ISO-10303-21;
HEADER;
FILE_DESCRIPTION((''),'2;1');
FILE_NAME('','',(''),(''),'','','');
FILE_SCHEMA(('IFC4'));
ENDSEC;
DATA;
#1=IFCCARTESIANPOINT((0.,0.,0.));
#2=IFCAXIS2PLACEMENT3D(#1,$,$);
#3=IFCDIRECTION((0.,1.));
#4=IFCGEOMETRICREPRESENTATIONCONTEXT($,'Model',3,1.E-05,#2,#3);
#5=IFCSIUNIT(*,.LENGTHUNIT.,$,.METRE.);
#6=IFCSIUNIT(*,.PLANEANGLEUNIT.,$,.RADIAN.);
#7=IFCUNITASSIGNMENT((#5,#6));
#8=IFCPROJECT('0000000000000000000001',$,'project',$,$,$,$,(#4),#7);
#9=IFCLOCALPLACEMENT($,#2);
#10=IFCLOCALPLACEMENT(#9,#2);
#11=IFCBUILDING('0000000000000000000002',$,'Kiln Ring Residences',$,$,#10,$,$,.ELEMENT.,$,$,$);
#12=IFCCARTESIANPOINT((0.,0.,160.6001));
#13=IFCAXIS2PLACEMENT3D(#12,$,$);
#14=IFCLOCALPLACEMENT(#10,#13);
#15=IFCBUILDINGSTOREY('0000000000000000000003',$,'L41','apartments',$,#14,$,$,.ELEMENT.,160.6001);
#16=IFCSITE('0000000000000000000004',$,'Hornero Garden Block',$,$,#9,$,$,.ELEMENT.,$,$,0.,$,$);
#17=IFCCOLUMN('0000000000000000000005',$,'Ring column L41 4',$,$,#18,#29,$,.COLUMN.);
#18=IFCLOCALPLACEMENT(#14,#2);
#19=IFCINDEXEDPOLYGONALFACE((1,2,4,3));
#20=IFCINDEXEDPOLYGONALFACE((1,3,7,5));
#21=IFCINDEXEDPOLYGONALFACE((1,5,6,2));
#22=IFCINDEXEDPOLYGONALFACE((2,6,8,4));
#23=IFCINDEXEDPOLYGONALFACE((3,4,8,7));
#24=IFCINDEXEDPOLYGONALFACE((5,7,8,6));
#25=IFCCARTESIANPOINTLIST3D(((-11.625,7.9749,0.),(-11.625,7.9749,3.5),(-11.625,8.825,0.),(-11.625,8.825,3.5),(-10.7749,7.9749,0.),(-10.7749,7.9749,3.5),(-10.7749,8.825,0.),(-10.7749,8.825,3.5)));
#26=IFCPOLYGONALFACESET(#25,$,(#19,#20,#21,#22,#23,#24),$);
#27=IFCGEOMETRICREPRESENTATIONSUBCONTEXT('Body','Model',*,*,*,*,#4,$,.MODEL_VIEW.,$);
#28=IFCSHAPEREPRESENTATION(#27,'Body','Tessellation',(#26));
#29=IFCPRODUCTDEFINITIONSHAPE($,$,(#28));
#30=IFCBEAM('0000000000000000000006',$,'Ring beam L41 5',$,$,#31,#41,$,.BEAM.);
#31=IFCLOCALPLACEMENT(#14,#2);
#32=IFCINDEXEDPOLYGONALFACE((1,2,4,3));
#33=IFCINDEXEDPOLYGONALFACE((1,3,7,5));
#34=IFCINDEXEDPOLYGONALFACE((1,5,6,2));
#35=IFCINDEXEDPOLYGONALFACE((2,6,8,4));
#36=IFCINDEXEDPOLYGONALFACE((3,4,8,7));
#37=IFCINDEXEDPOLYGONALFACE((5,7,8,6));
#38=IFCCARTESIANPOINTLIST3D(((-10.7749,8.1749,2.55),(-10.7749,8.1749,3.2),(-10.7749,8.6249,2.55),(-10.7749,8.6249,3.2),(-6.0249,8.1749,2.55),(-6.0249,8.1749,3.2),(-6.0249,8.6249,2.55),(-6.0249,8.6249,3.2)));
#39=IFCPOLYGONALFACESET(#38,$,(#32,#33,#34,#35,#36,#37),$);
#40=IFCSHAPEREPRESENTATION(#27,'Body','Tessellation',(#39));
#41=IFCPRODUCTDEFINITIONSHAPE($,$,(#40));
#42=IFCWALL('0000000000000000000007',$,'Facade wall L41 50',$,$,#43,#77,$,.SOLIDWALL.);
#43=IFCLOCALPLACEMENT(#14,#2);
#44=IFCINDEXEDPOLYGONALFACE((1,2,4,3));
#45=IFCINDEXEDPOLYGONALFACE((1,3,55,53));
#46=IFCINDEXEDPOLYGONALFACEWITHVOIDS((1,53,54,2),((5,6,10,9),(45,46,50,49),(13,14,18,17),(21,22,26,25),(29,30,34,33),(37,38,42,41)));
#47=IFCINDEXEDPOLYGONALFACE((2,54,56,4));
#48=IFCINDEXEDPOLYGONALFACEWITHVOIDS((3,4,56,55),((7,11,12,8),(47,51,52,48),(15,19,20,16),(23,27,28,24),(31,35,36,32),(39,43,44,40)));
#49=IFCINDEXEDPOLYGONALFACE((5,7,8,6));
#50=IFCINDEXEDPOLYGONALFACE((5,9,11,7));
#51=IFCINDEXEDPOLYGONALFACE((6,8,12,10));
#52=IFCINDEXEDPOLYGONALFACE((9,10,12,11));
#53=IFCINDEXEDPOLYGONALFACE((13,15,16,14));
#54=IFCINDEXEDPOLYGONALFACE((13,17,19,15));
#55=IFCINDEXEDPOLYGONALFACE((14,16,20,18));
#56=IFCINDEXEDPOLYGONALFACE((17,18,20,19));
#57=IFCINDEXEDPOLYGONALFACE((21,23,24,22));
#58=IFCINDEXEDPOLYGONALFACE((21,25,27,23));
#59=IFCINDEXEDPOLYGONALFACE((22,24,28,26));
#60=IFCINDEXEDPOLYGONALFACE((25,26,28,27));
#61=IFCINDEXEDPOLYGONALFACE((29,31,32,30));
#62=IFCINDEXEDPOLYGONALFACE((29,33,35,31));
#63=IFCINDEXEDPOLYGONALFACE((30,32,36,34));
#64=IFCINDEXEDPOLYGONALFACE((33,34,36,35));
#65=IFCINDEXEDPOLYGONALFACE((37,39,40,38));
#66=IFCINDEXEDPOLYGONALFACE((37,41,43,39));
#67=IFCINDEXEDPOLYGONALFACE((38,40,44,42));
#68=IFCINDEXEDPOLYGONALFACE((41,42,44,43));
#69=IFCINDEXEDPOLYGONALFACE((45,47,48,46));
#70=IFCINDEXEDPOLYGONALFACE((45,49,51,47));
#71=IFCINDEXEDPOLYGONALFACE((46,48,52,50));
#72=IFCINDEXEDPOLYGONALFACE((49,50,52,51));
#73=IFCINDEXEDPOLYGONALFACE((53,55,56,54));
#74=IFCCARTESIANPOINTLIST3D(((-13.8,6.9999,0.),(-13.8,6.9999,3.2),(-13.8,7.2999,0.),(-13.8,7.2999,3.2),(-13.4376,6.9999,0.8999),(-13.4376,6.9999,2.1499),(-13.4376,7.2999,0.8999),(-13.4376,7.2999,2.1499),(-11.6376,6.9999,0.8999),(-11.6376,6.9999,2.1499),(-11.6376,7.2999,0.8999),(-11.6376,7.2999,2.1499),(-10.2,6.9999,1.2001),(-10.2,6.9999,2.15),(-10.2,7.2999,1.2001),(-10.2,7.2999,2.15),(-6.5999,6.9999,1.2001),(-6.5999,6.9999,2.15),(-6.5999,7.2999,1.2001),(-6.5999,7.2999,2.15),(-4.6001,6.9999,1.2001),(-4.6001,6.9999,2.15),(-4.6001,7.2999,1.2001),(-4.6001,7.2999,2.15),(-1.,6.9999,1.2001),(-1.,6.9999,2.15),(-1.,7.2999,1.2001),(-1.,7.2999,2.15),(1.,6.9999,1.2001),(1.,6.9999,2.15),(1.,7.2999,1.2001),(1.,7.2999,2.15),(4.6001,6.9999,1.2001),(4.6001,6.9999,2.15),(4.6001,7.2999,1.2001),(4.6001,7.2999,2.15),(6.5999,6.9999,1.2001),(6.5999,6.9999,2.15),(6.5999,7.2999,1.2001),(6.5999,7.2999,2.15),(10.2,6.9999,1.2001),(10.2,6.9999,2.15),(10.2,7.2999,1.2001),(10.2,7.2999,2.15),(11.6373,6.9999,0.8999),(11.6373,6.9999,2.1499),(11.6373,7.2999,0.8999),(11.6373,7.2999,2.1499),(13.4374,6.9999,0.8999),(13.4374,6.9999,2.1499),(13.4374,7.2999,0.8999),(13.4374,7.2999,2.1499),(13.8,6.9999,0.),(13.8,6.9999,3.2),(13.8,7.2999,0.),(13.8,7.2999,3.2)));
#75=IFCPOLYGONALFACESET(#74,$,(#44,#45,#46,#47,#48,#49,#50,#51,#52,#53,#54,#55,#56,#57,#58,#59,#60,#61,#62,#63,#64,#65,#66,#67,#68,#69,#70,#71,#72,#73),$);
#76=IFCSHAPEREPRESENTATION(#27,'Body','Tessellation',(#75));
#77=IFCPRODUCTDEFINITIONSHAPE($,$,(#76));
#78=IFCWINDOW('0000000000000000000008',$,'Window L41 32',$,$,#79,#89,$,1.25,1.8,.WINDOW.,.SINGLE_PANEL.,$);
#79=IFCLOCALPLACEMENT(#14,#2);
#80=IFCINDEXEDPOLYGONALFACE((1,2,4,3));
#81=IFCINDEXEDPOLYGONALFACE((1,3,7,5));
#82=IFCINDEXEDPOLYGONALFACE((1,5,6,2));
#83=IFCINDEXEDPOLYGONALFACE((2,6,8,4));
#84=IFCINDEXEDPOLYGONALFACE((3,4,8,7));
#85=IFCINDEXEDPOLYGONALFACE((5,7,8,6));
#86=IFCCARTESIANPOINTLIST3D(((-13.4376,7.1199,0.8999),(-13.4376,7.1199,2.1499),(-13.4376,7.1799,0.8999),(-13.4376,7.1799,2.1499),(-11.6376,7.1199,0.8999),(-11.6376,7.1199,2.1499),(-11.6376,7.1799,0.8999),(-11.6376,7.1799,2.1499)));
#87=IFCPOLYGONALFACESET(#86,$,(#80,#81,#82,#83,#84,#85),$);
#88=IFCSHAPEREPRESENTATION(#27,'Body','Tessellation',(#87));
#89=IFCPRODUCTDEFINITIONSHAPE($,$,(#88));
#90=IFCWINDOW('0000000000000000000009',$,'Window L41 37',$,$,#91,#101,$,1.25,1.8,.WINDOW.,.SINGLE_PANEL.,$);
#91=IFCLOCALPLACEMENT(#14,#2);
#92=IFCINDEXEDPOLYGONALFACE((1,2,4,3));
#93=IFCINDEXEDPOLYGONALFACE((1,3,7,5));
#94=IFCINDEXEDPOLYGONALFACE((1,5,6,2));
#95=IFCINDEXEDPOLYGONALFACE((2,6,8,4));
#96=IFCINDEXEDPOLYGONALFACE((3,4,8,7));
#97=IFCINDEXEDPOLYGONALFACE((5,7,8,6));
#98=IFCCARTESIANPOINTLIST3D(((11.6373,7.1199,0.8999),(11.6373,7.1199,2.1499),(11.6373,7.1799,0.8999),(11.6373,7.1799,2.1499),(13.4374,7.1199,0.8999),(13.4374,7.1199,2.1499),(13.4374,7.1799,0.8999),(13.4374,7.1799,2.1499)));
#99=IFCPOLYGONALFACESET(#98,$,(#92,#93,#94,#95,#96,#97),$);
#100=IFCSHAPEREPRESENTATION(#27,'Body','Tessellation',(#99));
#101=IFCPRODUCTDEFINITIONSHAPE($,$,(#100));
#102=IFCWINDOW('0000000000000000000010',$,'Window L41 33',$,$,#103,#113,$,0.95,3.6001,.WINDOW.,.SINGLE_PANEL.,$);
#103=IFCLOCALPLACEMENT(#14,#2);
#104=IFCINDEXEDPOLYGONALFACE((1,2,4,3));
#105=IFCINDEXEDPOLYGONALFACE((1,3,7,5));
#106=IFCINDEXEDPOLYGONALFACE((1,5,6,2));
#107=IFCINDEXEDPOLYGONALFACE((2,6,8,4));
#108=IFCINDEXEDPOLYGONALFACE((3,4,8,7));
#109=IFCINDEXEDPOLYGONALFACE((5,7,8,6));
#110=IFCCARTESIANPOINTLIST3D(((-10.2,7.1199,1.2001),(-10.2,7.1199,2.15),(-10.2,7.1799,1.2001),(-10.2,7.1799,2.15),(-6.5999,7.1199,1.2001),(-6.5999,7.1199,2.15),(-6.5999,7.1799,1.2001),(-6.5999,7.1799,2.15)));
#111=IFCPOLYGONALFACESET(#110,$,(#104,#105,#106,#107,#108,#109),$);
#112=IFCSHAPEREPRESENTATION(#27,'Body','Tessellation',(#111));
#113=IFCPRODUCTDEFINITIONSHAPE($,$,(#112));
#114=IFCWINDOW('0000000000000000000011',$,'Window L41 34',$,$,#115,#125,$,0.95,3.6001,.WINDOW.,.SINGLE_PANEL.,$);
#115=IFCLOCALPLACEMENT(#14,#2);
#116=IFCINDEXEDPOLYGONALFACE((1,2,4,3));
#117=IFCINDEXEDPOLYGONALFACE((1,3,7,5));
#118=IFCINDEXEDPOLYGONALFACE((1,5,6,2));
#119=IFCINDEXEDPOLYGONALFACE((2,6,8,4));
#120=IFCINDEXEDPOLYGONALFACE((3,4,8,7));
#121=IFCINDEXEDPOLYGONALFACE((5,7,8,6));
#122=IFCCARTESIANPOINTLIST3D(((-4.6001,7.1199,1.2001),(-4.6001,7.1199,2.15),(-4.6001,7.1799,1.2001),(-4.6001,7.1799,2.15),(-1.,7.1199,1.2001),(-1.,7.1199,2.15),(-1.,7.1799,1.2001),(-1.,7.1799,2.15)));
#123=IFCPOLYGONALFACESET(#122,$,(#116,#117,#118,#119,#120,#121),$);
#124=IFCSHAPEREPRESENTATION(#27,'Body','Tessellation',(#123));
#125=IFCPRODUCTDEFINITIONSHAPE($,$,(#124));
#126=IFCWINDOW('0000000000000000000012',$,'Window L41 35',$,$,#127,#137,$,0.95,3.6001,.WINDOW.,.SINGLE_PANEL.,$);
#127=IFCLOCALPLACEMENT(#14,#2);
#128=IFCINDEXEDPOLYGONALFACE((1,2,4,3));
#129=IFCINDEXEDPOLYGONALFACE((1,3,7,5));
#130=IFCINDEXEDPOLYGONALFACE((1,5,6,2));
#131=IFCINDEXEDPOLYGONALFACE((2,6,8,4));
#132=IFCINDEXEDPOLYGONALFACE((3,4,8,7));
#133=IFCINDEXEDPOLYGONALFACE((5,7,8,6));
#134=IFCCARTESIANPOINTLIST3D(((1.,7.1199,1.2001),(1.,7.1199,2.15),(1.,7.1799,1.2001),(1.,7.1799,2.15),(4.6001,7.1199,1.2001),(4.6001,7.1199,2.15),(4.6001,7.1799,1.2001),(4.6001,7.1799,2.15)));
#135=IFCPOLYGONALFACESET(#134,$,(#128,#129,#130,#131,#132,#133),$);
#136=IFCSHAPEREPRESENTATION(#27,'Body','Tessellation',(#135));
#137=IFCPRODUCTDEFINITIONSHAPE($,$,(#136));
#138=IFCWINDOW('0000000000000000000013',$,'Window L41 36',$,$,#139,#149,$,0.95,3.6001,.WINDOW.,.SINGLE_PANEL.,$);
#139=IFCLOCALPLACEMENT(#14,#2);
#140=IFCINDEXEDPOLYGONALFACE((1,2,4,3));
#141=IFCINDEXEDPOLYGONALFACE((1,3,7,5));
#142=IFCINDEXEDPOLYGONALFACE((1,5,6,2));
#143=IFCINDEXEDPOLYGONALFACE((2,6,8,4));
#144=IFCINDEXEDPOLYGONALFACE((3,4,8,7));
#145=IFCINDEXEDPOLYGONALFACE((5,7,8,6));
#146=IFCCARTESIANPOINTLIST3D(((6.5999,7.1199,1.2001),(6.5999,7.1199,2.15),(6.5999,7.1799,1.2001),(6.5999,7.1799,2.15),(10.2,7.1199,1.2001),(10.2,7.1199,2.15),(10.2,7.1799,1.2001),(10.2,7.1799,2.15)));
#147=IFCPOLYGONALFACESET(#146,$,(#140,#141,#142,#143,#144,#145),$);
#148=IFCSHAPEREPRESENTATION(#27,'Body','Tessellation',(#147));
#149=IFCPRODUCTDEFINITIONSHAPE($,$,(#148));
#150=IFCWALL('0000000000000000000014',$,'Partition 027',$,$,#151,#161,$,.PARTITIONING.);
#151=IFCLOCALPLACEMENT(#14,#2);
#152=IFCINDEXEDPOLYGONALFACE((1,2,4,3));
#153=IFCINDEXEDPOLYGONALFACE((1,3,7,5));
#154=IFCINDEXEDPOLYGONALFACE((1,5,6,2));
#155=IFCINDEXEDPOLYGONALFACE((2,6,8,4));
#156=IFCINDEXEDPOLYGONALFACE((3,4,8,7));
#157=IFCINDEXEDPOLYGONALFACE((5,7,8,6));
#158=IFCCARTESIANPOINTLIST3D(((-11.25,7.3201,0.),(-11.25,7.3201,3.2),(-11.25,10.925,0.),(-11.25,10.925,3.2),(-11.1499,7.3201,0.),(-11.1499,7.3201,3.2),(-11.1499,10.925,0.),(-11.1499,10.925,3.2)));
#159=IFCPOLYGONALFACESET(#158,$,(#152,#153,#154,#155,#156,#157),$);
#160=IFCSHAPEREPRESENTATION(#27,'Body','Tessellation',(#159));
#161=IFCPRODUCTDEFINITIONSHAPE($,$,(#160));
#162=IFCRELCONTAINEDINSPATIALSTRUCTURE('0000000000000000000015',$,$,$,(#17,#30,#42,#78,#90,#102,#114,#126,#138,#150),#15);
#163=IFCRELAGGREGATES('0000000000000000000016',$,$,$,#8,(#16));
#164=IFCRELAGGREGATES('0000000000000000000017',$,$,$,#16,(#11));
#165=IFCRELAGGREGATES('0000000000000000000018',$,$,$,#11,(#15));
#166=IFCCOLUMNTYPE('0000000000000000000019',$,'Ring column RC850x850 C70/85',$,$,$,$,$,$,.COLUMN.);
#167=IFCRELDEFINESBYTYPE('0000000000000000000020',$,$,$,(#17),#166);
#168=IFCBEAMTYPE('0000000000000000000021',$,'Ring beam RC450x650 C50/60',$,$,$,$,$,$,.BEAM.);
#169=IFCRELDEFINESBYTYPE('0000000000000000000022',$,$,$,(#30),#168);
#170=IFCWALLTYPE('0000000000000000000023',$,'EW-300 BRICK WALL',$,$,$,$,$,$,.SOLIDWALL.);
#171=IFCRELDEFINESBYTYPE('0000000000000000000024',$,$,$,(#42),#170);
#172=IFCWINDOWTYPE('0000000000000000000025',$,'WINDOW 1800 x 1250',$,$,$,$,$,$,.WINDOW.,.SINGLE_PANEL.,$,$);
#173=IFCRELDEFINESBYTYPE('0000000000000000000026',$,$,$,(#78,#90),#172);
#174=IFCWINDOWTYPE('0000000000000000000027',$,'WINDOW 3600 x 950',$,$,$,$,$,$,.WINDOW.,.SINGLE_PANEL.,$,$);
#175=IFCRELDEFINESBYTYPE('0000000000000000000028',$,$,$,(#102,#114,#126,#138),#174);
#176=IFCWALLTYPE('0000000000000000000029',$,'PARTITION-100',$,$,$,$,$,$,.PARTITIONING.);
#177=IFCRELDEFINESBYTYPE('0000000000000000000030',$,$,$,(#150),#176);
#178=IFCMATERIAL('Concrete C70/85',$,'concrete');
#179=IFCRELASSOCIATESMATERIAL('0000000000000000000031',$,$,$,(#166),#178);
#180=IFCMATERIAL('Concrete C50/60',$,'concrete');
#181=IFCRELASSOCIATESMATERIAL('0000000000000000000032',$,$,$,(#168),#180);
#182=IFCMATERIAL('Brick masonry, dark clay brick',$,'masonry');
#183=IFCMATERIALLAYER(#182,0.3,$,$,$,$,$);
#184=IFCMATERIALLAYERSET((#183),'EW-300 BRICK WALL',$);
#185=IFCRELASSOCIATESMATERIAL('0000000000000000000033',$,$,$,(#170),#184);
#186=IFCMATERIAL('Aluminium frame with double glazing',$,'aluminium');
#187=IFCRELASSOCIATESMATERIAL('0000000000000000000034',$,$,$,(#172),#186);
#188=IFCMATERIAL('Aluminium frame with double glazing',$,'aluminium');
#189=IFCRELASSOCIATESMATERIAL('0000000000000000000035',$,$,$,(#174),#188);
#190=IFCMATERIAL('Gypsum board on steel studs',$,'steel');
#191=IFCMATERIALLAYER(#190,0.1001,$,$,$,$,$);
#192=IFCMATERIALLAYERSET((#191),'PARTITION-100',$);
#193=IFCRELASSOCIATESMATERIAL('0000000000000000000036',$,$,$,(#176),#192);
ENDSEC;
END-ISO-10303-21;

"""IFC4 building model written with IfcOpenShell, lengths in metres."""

from ifc_helpers import new_model, si_unit, direction, frame, frame_2d, origin, origin_2d, place, context, subcontext, project, spatial, rectangle, extrude, material, layer, layer_set, material_profile, profile_set, type_object, element, fill, save


model = new_model("IFC4")

# Units and contexts
model_context = context("Model", 3, precision=1e-05, world=origin(), true_north=direction((0.0, 1.0)))
body_context = subcontext(model_context, "Body", "Model", "MODEL_VIEW")
ifc_project = project(units=[si_unit("LENGTHUNIT", "METRE"), si_unit("PLANEANGLEUNIT", "RADIAN")], contexts=[model_context])

# Site, building, storey
site_placement = place(None, origin())
site = spatial("IfcSite", under=ifc_project, at=site_placement, Name="Hornero Garden Block", CompositionType="ELEMENT", RefElevation=0.0)
building_placement = place(site_placement, origin())
building = spatial("IfcBuilding", under=site, at=building_placement, Name="Kiln Ring Residences", CompositionType="ELEMENT")
storey_placement = place(building_placement, frame((0.0, 0.0, 160.6001)))
storey = spatial("IfcBuildingStorey", under=building, at=storey_placement, Name="L41", Description="apartments", CompositionType="ELEMENT", Elevation=160.6001)

# Column
ifc_material_1 = material(Name="Concrete C70/85", Category="concrete")
ifc_material_profile_1 = material_profile(ifc_material_1, rectangle(XDim=0.8501, YDim=0.8501, at=origin_2d()), Name="RC850x850")
ifc_profile_set_1 = profile_set([ifc_material_profile_1], Name="Concrete C70/85")
column_type = type_object("IfcColumnType", Name="Ring column RC850x850 C70/85", PredefinedType="COLUMN", material=ifc_profile_set_1)
column_placement = place(storey_placement, frame((-11.2, 8.3999, 0.0), z_axis=(0.0, 0.0, 1.0), x_axis=(1.0, 0.0, 0.0)))
element("IfcColumn", 1, at=column_placement, inside=storey, type_object=column_type, Name="Ring column L41 4", PredefinedType="COLUMN", context=body_context, shape_type="SweptSolid", body=[
    extrude(rectangle(XDim=0.8501, YDim=0.8501, at=origin_2d()), origin(), (0.0, 0.0, 1.0), 3.5),
])

# Beam
ifc_material_2 = material(Name="Concrete C50/60", Category="concrete")
ifc_material_profile_2 = material_profile(ifc_material_2, rectangle(XDim=0.45, YDim=0.6499, at=origin_2d()), Name="RC450x650")
ifc_profile_set_2 = profile_set([ifc_material_profile_2], Name="Concrete C50/60")
beam_type = type_object("IfcBeamType", Name="Ring beam RC450x650 C50/60", PredefinedType="BEAM", material=ifc_profile_set_2)
beam_placement = place(storey_placement, frame((-10.7749, 8.3999, 2.875), z_axis=(1.0, 0.0, 0.0), x_axis=(0.0, 1.0, 0.0)))
element("IfcBeam", 2, at=beam_placement, inside=storey, type_object=beam_type, Name="Ring beam L41 5", PredefinedType="BEAM", context=body_context, shape_type="SweptSolid", body=[
    extrude(rectangle(XDim=0.45, YDim=0.6499, at=origin_2d()), origin(), (0.0, 0.0, 1.0), 4.75),
])

# Wall, openings, windows
ifc_material_3 = material(Name="Brick masonry, dark clay brick", Category="masonry")
ifc_layer_1 = layer(ifc_material_3, 0.3)
ifc_layer_set_1 = layer_set([ifc_layer_1], Name="EW-300 BRICK WALL")
wall_type_1 = type_object("IfcWallType", Name="EW-300 BRICK WALL", PredefinedType="SOLIDWALL", material=ifc_layer_set_1)
wall_1_placement = place(storey_placement, frame((-13.8, 7.1499, 0.0), z_axis=(0.0, 0.0, 1.0), x_axis=(1.0, 0.0, 0.0)))
wall_1 = element("IfcWall", 3, at=wall_1_placement, inside=storey, type_object=wall_type_1, Name="Facade wall L41 50", PredefinedType="SOLIDWALL", context=body_context, shape_type="SweptSolid", body=[
    extrude(rectangle(XDim=27.6001, YDim=0.3, at=frame_2d((13.8, 0.0))), origin(), (0.0, 0.0, 1.0), 3.2),
])
opening_1_placement = place(wall_1_placement, frame((0.3625, 0.0, 0.8999)))
opening_1 = element("IfcOpeningElement", 4, at=opening_1_placement, cuts=wall_1, PredefinedType="OPENING", context=body_context, shape_type="SweptSolid", body=[
    extrude(rectangle(XDim=1.8, YDim=1.25, at=frame_2d((0.8999, 0.625))), frame((0.0, 0.1599, 0.0), z_axis=(0.0, -1.0, 0.0), x_axis=(1.0, 0.0, 0.0)), (0.0, 0.0, 1.0), 0.3201),
])
opening_2_placement = place(wall_1_placement, frame((3.6001, 0.0, 1.2)))
opening_2 = element("IfcOpeningElement", 5, at=opening_2_placement, cuts=wall_1, PredefinedType="OPENING", context=body_context, shape_type="SweptSolid", body=[
    extrude(rectangle(XDim=3.6001, YDim=0.95, at=frame_2d((1.8, 0.4751))), frame((0.0, 0.1599, 0.0), z_axis=(0.0, -1.0, 0.0), x_axis=(1.0, 0.0, 0.0)), (0.0, 0.0, 1.0), 0.3201),
])
opening_3_placement = place(wall_1_placement, frame((9.2, 0.0, 1.2)))
opening_3 = element("IfcOpeningElement", 6, at=opening_3_placement, cuts=wall_1, PredefinedType="OPENING", context=body_context, shape_type="SweptSolid", body=[
    extrude(rectangle(XDim=3.6001, YDim=0.95, at=frame_2d((1.8, 0.4751))), frame((0.0, 0.1599, 0.0), z_axis=(0.0, -1.0, 0.0), x_axis=(1.0, 0.0, 0.0)), (0.0, 0.0, 1.0), 0.3201),
])
opening_4_placement = place(wall_1_placement, frame((14.8, 0.0, 1.2)))
opening_4 = element("IfcOpeningElement", 7, at=opening_4_placement, cuts=wall_1, PredefinedType="OPENING", context=body_context, shape_type="SweptSolid", body=[
    extrude(rectangle(XDim=3.6001, YDim=0.95, at=frame_2d((1.8, 0.4751))), frame((0.0, 0.1599, 0.0), z_axis=(0.0, -1.0, 0.0), x_axis=(1.0, 0.0, 0.0)), (0.0, 0.0, 1.0), 0.3201),
])
opening_5_placement = place(wall_1_placement, frame((20.3999, 0.0, 1.2)))
opening_5 = element("IfcOpeningElement", 8, at=opening_5_placement, cuts=wall_1, PredefinedType="OPENING", context=body_context, shape_type="SweptSolid", body=[
    extrude(rectangle(XDim=3.6001, YDim=0.95, at=frame_2d((1.8, 0.4751))), frame((0.0, 0.1599, 0.0), z_axis=(0.0, -1.0, 0.0), x_axis=(1.0, 0.0, 0.0)), (0.0, 0.0, 1.0), 0.3201),
])
opening_6_placement = place(wall_1_placement, frame((25.4375, 0.0, 0.8999)))
opening_6 = element("IfcOpeningElement", 9, at=opening_6_placement, cuts=wall_1, PredefinedType="OPENING", context=body_context, shape_type="SweptSolid", body=[
    extrude(rectangle(XDim=1.8, YDim=1.25, at=frame_2d((0.8999, 0.625))), frame((0.0, 0.1599, 0.0), z_axis=(0.0, -1.0, 0.0), x_axis=(1.0, 0.0, 0.0)), (0.0, 0.0, 1.0), 0.3201),
])
ifc_material_4 = material(Name="Aluminium frame with double glazing", Category="aluminium")
window_type_1 = type_object("IfcWindowType", Name="WINDOW 1800 x 1250", PartitioningType="SINGLE_PANEL", PredefinedType="WINDOW", material=ifc_material_4)
window_1_placement = place(opening_1_placement, origin())
window_1 = element("IfcWindow", 10, at=window_1_placement, inside=storey, type_object=window_type_1, Name="Window L41 32", OverallHeight=1.25, OverallWidth=1.8, PartitioningType="SINGLE_PANEL", PredefinedType="WINDOW", context=body_context, shape_type="SweptSolid", body=[
    extrude(rectangle(XDim=1.8, YDim=1.25, at=frame_2d((0.8999, 0.625))), frame((0.0, 0.03, 0.0), z_axis=(0.0, -1.0, 0.0), x_axis=(1.0, 0.0, 0.0)), (0.0, 0.0, 1.0), 0.0601),
])
fill(opening_1, window_1)
window_2_placement = place(opening_6_placement, origin())
window_2 = element("IfcWindow", 11, at=window_2_placement, inside=storey, type_object=window_type_1, Name="Window L41 37", OverallHeight=1.25, OverallWidth=1.8, PartitioningType="SINGLE_PANEL", PredefinedType="WINDOW", context=body_context, shape_type="SweptSolid", body=[
    extrude(rectangle(XDim=1.8, YDim=1.25, at=frame_2d((0.8999, 0.625))), frame((0.0, 0.03, 0.0), z_axis=(0.0, -1.0, 0.0), x_axis=(1.0, 0.0, 0.0)), (0.0, 0.0, 1.0), 0.0601),
])
fill(opening_6, window_2)
ifc_material_5 = material(Name="Aluminium frame with double glazing", Category="aluminium")
window_type_2 = type_object("IfcWindowType", Name="WINDOW 3600 x 950", PartitioningType="SINGLE_PANEL", PredefinedType="WINDOW", material=ifc_material_5)
window_3_placement = place(opening_2_placement, origin())
window_3 = element("IfcWindow", 12, at=window_3_placement, inside=storey, type_object=window_type_2, Name="Window L41 33", OverallHeight=0.95, OverallWidth=3.6001, PartitioningType="SINGLE_PANEL", PredefinedType="WINDOW", context=body_context, shape_type="SweptSolid", body=[
    extrude(rectangle(XDim=3.6001, YDim=0.95, at=frame_2d((1.8, 0.4751))), frame((0.0, 0.03, 0.0), z_axis=(0.0, -1.0, 0.0), x_axis=(1.0, 0.0, 0.0)), (0.0, 0.0, 1.0), 0.0601),
])
fill(opening_2, window_3)
window_4_placement = place(opening_3_placement, origin())
window_4 = element("IfcWindow", 13, at=window_4_placement, inside=storey, type_object=window_type_2, Name="Window L41 34", OverallHeight=0.95, OverallWidth=3.6001, PartitioningType="SINGLE_PANEL", PredefinedType="WINDOW", context=body_context, shape_type="SweptSolid", body=[
    extrude(rectangle(XDim=3.6001, YDim=0.95, at=frame_2d((1.8, 0.4751))), frame((0.0, 0.03, 0.0), z_axis=(0.0, -1.0, 0.0), x_axis=(1.0, 0.0, 0.0)), (0.0, 0.0, 1.0), 0.0601),
])
fill(opening_3, window_4)
window_5_placement = place(opening_4_placement, origin())
window_5 = element("IfcWindow", 14, at=window_5_placement, inside=storey, type_object=window_type_2, Name="Window L41 35", OverallHeight=0.95, OverallWidth=3.6001, PartitioningType="SINGLE_PANEL", PredefinedType="WINDOW", context=body_context, shape_type="SweptSolid", body=[
    extrude(rectangle(XDim=3.6001, YDim=0.95, at=frame_2d((1.8, 0.4751))), frame((0.0, 0.03, 0.0), z_axis=(0.0, -1.0, 0.0), x_axis=(1.0, 0.0, 0.0)), (0.0, 0.0, 1.0), 0.0601),
])
fill(opening_4, window_5)
window_6_placement = place(opening_5_placement, origin())
window_6 = element("IfcWindow", 15, at=window_6_placement, inside=storey, type_object=window_type_2, Name="Window L41 36", OverallHeight=0.95, OverallWidth=3.6001, PartitioningType="SINGLE_PANEL", PredefinedType="WINDOW", context=body_context, shape_type="SweptSolid", body=[
    extrude(rectangle(XDim=3.6001, YDim=0.95, at=frame_2d((1.8, 0.4751))), frame((0.0, 0.03, 0.0), z_axis=(0.0, -1.0, 0.0), x_axis=(1.0, 0.0, 0.0)), (0.0, 0.0, 1.0), 0.0601),
])
fill(opening_5, window_6)

# Wall
ifc_material_6 = material(Name="Gypsum board on steel studs", Category="steel")
ifc_layer_2 = layer(ifc_material_6, 0.1001)
ifc_layer_set_2 = layer_set([ifc_layer_2], Name="PARTITION-100")
wall_type_2 = type_object("IfcWallType", Name="PARTITION-100", PredefinedType="PARTITIONING", material=ifc_layer_set_2)
wall_2_placement = place(storey_placement, frame((-11.2, 7.3201, 0.0), z_axis=(0.0, 0.0, 1.0), x_axis=(0.0, 1.0, 0.0)))
element("IfcWall", 16, at=wall_2_placement, inside=storey, type_object=wall_type_2, Name="Partition 027", PredefinedType="PARTITIONING", context=body_context, shape_type="SweptSolid", body=[
    extrude(rectangle(XDim=3.605, YDim=0.1001, at=frame_2d((1.8025, 0.0))), origin(), (0.0, 0.0, 1.0), 3.2),
])

save(model, "model.ifc")
